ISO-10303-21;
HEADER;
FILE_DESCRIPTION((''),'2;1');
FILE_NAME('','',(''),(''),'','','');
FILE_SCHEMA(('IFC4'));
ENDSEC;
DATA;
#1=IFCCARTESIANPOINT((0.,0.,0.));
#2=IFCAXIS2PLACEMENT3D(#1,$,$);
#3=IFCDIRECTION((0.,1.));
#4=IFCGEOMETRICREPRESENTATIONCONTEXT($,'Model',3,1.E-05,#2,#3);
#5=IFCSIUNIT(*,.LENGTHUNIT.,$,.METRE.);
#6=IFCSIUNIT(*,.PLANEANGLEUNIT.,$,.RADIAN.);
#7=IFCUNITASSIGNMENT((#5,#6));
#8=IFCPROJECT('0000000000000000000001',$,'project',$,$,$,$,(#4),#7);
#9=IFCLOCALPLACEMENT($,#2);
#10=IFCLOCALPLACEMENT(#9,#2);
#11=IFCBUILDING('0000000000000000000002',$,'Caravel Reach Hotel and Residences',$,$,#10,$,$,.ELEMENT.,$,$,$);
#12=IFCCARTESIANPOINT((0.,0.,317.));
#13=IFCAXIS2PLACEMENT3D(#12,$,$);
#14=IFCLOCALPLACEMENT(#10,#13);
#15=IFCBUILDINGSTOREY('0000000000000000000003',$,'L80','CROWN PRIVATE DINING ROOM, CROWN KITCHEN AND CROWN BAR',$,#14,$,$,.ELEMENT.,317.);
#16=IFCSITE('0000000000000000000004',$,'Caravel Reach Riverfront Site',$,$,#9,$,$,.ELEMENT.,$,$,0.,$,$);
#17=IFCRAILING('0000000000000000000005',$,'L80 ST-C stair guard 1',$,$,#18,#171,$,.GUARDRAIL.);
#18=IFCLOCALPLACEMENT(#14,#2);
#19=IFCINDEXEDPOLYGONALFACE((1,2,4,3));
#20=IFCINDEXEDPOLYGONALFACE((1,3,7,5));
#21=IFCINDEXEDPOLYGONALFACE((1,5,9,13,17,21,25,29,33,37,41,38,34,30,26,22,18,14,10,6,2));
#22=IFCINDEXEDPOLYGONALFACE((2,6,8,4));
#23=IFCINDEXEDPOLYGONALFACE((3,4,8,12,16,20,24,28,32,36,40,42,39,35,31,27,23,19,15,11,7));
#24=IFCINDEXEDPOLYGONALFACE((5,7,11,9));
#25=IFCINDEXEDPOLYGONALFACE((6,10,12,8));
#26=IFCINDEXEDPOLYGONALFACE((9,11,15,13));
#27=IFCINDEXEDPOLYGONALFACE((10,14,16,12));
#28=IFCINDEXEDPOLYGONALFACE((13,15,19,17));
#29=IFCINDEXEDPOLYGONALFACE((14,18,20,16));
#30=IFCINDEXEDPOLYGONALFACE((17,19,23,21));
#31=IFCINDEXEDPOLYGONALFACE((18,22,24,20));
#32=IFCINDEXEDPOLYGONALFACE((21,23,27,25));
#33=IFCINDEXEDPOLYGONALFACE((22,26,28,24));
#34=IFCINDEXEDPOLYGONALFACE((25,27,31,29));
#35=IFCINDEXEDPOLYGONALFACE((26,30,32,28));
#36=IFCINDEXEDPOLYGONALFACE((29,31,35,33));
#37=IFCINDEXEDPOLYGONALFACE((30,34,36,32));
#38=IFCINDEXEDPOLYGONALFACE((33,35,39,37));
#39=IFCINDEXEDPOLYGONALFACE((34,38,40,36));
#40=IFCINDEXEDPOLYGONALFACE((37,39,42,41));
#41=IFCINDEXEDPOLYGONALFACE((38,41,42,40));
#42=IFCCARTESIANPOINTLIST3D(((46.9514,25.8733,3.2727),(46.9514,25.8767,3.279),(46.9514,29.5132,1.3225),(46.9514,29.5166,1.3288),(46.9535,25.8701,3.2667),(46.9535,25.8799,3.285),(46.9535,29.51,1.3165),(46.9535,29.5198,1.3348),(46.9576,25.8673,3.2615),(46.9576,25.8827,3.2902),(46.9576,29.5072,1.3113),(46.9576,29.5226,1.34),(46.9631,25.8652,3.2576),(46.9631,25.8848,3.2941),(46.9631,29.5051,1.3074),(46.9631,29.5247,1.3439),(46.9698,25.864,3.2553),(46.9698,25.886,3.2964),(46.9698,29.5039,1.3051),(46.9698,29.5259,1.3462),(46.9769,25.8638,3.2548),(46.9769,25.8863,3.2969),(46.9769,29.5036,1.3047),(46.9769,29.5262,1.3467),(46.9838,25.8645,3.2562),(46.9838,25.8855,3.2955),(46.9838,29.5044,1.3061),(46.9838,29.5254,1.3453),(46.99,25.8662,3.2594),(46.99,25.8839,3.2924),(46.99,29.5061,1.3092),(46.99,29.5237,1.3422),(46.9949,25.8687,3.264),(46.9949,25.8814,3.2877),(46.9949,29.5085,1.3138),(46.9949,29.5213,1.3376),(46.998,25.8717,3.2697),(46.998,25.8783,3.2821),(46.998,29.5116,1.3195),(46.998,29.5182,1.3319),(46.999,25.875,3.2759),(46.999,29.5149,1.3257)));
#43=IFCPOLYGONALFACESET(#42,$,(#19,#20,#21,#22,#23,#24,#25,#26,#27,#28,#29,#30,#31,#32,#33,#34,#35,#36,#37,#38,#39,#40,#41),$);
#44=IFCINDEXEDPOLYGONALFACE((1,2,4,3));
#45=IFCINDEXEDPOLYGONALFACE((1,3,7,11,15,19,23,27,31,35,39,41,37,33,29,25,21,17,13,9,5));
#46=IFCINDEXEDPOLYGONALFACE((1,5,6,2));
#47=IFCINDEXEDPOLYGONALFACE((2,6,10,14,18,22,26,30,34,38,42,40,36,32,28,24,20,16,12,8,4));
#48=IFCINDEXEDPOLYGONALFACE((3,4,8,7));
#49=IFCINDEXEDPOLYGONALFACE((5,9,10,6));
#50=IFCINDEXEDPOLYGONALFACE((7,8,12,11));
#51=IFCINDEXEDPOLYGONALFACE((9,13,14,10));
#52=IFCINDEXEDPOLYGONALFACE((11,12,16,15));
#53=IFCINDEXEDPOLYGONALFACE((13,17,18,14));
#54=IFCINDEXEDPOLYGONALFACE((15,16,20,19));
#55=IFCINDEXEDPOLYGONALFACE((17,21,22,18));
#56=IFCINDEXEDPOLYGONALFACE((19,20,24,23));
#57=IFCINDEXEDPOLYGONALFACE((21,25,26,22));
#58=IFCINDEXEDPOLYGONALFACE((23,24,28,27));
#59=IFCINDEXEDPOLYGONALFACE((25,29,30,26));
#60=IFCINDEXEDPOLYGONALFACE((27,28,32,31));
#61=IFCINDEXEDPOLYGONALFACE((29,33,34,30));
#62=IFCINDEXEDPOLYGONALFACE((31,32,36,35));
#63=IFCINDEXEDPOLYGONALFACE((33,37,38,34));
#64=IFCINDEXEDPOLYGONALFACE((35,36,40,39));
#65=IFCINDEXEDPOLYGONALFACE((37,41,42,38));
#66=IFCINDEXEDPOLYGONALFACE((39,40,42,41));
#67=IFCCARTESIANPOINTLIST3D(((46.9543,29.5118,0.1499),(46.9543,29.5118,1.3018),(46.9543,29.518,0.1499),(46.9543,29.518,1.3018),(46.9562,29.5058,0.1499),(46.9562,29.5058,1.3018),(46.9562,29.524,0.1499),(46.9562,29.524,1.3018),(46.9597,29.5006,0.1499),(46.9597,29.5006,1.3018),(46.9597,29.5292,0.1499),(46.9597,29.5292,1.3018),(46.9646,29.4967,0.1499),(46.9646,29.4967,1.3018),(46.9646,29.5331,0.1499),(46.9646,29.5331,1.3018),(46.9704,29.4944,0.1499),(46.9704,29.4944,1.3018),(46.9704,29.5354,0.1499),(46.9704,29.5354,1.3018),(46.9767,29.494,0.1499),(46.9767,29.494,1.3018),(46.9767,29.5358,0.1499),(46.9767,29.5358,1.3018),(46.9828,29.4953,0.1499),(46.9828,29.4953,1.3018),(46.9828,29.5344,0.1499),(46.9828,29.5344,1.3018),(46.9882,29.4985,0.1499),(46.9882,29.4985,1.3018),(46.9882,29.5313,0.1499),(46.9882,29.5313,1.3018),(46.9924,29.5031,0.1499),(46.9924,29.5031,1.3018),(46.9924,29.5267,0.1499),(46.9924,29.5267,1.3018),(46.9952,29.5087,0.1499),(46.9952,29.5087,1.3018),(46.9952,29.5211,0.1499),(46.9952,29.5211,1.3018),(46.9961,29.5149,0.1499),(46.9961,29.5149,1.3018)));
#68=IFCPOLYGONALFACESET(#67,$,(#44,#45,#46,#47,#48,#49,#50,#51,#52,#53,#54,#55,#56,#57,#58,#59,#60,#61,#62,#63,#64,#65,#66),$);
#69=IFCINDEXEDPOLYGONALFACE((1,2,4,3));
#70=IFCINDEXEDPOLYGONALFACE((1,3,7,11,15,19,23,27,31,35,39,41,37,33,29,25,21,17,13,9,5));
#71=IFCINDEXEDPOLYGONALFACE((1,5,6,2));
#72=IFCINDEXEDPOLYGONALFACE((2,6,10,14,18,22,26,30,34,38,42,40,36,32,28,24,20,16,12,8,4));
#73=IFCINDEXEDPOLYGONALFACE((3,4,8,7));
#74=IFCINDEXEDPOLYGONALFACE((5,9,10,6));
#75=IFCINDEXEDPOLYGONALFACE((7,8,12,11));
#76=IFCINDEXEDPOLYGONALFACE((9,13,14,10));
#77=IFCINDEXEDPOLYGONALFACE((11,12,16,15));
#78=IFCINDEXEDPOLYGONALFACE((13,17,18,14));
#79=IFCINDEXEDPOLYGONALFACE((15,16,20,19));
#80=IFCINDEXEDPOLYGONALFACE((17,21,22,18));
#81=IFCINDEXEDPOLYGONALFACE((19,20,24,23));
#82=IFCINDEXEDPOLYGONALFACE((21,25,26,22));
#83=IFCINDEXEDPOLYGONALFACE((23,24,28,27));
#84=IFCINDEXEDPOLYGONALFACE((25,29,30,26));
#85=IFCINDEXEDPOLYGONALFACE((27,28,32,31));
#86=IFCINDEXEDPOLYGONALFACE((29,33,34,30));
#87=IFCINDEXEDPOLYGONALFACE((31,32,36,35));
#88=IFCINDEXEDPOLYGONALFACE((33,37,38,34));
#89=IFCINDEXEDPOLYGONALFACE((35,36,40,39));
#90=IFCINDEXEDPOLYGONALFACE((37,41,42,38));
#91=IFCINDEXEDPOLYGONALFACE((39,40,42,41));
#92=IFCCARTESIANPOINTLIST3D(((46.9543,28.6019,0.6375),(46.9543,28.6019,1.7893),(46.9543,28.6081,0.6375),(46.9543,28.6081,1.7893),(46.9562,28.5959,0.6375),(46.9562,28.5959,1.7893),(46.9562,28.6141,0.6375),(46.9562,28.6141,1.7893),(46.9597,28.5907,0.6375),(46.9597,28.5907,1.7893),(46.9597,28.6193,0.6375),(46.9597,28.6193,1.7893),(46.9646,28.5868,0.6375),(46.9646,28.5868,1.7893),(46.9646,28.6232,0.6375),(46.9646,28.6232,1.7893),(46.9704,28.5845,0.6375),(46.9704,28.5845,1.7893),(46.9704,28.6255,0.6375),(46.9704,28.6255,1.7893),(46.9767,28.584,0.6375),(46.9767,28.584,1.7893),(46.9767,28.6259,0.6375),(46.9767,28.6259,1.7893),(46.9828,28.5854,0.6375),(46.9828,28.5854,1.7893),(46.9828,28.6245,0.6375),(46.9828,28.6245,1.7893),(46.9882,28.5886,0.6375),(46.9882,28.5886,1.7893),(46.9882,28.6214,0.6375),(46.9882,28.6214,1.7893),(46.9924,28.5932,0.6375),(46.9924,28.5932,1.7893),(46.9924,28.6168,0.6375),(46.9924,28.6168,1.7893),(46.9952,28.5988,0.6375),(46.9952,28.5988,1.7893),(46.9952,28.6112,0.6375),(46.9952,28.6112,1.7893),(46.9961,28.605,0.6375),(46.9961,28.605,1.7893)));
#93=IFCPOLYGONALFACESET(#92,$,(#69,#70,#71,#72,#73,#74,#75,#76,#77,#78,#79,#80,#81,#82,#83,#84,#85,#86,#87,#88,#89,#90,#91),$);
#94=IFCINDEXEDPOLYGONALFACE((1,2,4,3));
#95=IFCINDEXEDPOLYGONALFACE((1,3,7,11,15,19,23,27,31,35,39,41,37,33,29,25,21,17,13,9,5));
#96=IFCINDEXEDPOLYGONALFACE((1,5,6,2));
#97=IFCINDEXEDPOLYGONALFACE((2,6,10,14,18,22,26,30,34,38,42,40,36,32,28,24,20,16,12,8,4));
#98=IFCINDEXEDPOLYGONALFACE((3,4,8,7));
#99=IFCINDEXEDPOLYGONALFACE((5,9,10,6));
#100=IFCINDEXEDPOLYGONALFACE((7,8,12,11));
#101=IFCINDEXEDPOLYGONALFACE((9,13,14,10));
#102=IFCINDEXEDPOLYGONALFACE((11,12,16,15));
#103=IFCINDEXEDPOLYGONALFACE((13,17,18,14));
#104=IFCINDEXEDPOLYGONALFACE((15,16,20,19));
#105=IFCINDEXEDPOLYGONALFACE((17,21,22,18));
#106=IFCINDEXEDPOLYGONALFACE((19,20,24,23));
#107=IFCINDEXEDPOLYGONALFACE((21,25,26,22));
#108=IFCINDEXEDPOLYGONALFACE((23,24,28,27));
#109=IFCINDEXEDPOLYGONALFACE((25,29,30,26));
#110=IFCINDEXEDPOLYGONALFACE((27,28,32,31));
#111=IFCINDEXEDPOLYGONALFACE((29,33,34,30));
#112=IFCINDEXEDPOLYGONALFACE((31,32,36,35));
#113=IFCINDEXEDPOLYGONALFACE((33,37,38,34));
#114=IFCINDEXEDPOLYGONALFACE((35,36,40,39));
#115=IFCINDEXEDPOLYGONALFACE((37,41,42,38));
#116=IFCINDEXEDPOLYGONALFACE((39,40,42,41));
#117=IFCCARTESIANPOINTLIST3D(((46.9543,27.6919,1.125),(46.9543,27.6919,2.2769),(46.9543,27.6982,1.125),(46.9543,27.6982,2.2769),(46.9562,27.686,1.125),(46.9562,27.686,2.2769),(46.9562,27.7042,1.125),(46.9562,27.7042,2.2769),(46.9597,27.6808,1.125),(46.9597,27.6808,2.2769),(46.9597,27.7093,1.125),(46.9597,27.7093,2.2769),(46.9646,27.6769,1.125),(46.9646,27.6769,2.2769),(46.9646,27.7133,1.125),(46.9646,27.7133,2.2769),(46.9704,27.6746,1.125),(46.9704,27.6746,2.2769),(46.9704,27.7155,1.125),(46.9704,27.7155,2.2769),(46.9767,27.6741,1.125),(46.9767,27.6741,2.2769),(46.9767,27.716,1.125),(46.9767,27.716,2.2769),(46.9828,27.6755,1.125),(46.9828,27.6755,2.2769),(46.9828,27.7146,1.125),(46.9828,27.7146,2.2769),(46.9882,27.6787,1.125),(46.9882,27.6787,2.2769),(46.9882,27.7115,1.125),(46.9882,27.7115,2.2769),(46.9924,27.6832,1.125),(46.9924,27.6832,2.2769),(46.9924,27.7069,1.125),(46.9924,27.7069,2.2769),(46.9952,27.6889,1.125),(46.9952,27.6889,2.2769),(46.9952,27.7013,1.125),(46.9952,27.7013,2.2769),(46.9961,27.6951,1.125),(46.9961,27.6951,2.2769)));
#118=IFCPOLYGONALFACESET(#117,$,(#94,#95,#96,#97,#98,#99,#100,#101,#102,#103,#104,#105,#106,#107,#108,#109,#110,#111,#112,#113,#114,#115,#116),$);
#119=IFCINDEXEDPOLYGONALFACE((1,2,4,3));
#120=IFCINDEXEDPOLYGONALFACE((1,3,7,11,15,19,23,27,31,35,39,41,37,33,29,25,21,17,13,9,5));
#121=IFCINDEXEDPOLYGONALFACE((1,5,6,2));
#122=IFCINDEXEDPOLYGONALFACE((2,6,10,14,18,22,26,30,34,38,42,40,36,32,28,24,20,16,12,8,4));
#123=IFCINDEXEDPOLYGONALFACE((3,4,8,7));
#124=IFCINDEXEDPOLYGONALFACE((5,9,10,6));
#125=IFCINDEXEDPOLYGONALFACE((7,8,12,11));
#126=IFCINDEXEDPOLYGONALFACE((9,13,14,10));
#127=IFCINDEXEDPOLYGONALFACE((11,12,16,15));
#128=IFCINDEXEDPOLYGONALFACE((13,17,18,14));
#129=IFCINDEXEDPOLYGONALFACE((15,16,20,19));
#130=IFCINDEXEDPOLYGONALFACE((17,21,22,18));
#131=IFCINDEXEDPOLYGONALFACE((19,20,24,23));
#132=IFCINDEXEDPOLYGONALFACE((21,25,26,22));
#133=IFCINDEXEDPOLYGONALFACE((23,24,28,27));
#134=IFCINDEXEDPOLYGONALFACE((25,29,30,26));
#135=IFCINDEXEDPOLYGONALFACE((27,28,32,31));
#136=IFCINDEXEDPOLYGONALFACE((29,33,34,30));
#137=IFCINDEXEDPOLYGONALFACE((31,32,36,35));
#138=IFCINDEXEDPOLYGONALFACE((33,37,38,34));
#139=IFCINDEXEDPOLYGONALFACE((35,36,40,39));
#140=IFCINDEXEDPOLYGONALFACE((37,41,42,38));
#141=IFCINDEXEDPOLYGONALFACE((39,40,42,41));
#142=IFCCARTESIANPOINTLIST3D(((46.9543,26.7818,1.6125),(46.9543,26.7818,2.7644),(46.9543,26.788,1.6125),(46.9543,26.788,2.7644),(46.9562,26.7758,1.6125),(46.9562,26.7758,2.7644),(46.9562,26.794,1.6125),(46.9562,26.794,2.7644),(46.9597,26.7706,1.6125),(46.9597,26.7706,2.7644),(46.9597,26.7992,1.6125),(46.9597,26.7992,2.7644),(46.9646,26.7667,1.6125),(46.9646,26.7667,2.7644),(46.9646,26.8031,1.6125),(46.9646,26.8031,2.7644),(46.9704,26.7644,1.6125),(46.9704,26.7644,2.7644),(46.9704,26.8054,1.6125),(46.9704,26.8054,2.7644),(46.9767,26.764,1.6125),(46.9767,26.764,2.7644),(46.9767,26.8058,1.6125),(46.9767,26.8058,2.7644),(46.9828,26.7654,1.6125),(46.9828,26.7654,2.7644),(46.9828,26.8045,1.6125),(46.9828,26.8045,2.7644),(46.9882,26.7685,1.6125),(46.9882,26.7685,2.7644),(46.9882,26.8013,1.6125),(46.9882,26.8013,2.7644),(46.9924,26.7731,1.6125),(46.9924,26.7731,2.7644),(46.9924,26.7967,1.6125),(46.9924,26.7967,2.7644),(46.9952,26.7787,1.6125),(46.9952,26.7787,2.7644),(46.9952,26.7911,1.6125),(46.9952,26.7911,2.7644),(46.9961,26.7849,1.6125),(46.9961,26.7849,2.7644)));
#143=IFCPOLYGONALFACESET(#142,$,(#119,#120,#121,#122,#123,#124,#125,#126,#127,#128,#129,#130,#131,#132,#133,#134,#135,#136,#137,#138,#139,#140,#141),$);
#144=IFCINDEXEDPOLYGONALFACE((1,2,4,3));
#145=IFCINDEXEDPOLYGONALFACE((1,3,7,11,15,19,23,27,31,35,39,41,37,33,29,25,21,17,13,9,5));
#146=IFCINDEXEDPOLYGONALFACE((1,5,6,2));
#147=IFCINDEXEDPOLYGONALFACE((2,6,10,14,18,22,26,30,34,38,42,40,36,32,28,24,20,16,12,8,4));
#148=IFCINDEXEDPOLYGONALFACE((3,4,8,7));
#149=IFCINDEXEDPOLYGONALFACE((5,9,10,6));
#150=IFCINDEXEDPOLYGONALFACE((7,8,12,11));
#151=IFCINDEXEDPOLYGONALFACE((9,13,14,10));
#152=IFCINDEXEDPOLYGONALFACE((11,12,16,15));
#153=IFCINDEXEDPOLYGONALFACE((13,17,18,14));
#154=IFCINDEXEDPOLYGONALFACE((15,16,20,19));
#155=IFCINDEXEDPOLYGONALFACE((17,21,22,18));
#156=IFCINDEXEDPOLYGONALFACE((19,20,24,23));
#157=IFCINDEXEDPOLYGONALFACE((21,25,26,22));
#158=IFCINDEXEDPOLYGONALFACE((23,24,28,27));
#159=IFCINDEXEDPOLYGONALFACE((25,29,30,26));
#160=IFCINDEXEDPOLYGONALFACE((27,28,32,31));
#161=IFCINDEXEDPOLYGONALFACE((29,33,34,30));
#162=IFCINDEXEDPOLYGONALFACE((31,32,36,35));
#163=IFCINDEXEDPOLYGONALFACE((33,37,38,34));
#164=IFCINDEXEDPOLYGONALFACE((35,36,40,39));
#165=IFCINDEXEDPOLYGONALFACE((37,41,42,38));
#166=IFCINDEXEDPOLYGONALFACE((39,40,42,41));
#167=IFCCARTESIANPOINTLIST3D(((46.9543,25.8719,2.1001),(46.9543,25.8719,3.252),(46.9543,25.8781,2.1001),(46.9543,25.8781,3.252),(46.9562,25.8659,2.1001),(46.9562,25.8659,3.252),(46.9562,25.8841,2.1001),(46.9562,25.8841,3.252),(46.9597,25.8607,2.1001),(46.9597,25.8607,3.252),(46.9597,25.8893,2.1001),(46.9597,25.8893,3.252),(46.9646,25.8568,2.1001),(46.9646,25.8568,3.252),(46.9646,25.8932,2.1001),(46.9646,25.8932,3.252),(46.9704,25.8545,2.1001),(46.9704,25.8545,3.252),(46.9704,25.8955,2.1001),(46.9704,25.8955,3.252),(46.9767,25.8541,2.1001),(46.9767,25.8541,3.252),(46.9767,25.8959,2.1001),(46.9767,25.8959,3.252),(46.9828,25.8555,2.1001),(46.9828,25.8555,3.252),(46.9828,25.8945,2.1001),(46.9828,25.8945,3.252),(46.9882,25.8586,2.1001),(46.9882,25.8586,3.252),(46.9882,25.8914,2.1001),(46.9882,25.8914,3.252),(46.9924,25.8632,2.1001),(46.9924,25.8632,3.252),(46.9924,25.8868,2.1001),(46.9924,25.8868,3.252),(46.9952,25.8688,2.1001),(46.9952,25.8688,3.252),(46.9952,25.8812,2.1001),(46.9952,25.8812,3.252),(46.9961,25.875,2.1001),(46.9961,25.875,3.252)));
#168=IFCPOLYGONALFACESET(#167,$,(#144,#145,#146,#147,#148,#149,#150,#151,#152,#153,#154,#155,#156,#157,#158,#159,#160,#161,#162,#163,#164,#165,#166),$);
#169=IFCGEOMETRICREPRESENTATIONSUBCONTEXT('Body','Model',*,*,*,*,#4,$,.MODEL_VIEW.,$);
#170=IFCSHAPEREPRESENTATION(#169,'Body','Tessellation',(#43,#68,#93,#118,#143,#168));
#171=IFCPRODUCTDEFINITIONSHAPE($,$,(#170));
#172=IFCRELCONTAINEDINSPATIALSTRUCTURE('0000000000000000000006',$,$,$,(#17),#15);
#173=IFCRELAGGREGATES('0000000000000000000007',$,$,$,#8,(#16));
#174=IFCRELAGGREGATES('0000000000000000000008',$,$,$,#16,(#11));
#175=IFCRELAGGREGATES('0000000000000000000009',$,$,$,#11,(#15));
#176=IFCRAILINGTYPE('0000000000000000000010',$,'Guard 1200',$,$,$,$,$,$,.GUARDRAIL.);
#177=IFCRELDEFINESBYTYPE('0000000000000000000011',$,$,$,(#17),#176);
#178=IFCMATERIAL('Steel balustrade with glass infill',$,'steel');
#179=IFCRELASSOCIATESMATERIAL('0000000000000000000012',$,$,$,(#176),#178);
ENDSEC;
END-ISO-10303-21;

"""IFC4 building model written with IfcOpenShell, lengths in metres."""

from ifc_helpers import new_model, si_unit, direction, frame, origin, origin_2d, place, context, subcontext, project, spatial, circle, extrude, material, type_object, element, save


model = new_model("IFC4")

# Units and contexts
model_context = context("Model", 3, precision=1e-05, world=origin(), true_north=direction((0.0, 1.0)))
body_context = subcontext(model_context, "Body", "Model", "MODEL_VIEW")
ifc_project = project(units=[si_unit("LENGTHUNIT", "METRE"), si_unit("PLANEANGLEUNIT", "RADIAN")], contexts=[model_context])

# Site, building, storey
site_placement = place(None, origin())
site = spatial("IfcSite", under=ifc_project, at=site_placement, Name="Caravel Reach Riverfront Site", CompositionType="ELEMENT", RefElevation=0.0)
building_placement = place(site_placement, origin())
building = spatial("IfcBuilding", under=site, at=building_placement, Name="Caravel Reach Hotel and Residences", CompositionType="ELEMENT")
storey_placement = place(building_placement, frame((0.0, 0.0, 317.0)))
storey = spatial("IfcBuildingStorey", under=building, at=storey_placement, Name="L80", Description="CROWN PRIVATE DINING ROOM, CROWN KITCHEN AND CROWN BAR", CompositionType="ELEMENT", Elevation=317.0)

# Railing
ifc_material_1 = material(Name="Steel balustrade with glass infill", Category="steel")
railing_type_1 = type_object("IfcRailingType", Name="Guard 1200", PredefinedType="GUARDRAIL", material=ifc_material_1)
railing_1_placement = place(storey_placement, frame((46.9751, 29.5149, 0.1499)))
element("IfcRailing", 1, at=railing_1_placement, inside=storey, type_object=railing_type_1, Name="L80 ST-C stair guard 1", PredefinedType="GUARDRAIL", context=body_context, shape_type="SweptSolid", body=[
    extrude(circle(Radius=0.0239, at=origin_2d()), frame((0.0, 0.0, 1.1758), z_axis=(0.0, -0.881454, 0.472269), x_axis=(1.0, 0.0, 0.0)), (0.0, 0.0, 1.0), 4.1294),
    extrude(circle(Radius=0.021, at=origin_2d()), origin(), (0.0, 0.0, 1.0), 1.1519),
    extrude(circle(Radius=0.021, at=origin_2d()), frame((0.0, -0.9099, 0.4875)), (0.0, 0.0, 1.0), 1.1519),
    extrude(circle(Radius=0.021, at=origin_2d()), frame((0.0, -1.8198, 0.9751)), (0.0, 0.0, 1.0), 1.1519),
    extrude(circle(Radius=0.021, at=origin_2d()), frame((0.0, -2.73, 1.4626)), (0.0, 0.0, 1.0), 1.1519),
    extrude(circle(Radius=0.021, at=origin_2d()), frame((0.0, -3.6399, 1.9502)), (0.0, 0.0, 1.0), 1.1519),
])

save(model, "model.ifc")
